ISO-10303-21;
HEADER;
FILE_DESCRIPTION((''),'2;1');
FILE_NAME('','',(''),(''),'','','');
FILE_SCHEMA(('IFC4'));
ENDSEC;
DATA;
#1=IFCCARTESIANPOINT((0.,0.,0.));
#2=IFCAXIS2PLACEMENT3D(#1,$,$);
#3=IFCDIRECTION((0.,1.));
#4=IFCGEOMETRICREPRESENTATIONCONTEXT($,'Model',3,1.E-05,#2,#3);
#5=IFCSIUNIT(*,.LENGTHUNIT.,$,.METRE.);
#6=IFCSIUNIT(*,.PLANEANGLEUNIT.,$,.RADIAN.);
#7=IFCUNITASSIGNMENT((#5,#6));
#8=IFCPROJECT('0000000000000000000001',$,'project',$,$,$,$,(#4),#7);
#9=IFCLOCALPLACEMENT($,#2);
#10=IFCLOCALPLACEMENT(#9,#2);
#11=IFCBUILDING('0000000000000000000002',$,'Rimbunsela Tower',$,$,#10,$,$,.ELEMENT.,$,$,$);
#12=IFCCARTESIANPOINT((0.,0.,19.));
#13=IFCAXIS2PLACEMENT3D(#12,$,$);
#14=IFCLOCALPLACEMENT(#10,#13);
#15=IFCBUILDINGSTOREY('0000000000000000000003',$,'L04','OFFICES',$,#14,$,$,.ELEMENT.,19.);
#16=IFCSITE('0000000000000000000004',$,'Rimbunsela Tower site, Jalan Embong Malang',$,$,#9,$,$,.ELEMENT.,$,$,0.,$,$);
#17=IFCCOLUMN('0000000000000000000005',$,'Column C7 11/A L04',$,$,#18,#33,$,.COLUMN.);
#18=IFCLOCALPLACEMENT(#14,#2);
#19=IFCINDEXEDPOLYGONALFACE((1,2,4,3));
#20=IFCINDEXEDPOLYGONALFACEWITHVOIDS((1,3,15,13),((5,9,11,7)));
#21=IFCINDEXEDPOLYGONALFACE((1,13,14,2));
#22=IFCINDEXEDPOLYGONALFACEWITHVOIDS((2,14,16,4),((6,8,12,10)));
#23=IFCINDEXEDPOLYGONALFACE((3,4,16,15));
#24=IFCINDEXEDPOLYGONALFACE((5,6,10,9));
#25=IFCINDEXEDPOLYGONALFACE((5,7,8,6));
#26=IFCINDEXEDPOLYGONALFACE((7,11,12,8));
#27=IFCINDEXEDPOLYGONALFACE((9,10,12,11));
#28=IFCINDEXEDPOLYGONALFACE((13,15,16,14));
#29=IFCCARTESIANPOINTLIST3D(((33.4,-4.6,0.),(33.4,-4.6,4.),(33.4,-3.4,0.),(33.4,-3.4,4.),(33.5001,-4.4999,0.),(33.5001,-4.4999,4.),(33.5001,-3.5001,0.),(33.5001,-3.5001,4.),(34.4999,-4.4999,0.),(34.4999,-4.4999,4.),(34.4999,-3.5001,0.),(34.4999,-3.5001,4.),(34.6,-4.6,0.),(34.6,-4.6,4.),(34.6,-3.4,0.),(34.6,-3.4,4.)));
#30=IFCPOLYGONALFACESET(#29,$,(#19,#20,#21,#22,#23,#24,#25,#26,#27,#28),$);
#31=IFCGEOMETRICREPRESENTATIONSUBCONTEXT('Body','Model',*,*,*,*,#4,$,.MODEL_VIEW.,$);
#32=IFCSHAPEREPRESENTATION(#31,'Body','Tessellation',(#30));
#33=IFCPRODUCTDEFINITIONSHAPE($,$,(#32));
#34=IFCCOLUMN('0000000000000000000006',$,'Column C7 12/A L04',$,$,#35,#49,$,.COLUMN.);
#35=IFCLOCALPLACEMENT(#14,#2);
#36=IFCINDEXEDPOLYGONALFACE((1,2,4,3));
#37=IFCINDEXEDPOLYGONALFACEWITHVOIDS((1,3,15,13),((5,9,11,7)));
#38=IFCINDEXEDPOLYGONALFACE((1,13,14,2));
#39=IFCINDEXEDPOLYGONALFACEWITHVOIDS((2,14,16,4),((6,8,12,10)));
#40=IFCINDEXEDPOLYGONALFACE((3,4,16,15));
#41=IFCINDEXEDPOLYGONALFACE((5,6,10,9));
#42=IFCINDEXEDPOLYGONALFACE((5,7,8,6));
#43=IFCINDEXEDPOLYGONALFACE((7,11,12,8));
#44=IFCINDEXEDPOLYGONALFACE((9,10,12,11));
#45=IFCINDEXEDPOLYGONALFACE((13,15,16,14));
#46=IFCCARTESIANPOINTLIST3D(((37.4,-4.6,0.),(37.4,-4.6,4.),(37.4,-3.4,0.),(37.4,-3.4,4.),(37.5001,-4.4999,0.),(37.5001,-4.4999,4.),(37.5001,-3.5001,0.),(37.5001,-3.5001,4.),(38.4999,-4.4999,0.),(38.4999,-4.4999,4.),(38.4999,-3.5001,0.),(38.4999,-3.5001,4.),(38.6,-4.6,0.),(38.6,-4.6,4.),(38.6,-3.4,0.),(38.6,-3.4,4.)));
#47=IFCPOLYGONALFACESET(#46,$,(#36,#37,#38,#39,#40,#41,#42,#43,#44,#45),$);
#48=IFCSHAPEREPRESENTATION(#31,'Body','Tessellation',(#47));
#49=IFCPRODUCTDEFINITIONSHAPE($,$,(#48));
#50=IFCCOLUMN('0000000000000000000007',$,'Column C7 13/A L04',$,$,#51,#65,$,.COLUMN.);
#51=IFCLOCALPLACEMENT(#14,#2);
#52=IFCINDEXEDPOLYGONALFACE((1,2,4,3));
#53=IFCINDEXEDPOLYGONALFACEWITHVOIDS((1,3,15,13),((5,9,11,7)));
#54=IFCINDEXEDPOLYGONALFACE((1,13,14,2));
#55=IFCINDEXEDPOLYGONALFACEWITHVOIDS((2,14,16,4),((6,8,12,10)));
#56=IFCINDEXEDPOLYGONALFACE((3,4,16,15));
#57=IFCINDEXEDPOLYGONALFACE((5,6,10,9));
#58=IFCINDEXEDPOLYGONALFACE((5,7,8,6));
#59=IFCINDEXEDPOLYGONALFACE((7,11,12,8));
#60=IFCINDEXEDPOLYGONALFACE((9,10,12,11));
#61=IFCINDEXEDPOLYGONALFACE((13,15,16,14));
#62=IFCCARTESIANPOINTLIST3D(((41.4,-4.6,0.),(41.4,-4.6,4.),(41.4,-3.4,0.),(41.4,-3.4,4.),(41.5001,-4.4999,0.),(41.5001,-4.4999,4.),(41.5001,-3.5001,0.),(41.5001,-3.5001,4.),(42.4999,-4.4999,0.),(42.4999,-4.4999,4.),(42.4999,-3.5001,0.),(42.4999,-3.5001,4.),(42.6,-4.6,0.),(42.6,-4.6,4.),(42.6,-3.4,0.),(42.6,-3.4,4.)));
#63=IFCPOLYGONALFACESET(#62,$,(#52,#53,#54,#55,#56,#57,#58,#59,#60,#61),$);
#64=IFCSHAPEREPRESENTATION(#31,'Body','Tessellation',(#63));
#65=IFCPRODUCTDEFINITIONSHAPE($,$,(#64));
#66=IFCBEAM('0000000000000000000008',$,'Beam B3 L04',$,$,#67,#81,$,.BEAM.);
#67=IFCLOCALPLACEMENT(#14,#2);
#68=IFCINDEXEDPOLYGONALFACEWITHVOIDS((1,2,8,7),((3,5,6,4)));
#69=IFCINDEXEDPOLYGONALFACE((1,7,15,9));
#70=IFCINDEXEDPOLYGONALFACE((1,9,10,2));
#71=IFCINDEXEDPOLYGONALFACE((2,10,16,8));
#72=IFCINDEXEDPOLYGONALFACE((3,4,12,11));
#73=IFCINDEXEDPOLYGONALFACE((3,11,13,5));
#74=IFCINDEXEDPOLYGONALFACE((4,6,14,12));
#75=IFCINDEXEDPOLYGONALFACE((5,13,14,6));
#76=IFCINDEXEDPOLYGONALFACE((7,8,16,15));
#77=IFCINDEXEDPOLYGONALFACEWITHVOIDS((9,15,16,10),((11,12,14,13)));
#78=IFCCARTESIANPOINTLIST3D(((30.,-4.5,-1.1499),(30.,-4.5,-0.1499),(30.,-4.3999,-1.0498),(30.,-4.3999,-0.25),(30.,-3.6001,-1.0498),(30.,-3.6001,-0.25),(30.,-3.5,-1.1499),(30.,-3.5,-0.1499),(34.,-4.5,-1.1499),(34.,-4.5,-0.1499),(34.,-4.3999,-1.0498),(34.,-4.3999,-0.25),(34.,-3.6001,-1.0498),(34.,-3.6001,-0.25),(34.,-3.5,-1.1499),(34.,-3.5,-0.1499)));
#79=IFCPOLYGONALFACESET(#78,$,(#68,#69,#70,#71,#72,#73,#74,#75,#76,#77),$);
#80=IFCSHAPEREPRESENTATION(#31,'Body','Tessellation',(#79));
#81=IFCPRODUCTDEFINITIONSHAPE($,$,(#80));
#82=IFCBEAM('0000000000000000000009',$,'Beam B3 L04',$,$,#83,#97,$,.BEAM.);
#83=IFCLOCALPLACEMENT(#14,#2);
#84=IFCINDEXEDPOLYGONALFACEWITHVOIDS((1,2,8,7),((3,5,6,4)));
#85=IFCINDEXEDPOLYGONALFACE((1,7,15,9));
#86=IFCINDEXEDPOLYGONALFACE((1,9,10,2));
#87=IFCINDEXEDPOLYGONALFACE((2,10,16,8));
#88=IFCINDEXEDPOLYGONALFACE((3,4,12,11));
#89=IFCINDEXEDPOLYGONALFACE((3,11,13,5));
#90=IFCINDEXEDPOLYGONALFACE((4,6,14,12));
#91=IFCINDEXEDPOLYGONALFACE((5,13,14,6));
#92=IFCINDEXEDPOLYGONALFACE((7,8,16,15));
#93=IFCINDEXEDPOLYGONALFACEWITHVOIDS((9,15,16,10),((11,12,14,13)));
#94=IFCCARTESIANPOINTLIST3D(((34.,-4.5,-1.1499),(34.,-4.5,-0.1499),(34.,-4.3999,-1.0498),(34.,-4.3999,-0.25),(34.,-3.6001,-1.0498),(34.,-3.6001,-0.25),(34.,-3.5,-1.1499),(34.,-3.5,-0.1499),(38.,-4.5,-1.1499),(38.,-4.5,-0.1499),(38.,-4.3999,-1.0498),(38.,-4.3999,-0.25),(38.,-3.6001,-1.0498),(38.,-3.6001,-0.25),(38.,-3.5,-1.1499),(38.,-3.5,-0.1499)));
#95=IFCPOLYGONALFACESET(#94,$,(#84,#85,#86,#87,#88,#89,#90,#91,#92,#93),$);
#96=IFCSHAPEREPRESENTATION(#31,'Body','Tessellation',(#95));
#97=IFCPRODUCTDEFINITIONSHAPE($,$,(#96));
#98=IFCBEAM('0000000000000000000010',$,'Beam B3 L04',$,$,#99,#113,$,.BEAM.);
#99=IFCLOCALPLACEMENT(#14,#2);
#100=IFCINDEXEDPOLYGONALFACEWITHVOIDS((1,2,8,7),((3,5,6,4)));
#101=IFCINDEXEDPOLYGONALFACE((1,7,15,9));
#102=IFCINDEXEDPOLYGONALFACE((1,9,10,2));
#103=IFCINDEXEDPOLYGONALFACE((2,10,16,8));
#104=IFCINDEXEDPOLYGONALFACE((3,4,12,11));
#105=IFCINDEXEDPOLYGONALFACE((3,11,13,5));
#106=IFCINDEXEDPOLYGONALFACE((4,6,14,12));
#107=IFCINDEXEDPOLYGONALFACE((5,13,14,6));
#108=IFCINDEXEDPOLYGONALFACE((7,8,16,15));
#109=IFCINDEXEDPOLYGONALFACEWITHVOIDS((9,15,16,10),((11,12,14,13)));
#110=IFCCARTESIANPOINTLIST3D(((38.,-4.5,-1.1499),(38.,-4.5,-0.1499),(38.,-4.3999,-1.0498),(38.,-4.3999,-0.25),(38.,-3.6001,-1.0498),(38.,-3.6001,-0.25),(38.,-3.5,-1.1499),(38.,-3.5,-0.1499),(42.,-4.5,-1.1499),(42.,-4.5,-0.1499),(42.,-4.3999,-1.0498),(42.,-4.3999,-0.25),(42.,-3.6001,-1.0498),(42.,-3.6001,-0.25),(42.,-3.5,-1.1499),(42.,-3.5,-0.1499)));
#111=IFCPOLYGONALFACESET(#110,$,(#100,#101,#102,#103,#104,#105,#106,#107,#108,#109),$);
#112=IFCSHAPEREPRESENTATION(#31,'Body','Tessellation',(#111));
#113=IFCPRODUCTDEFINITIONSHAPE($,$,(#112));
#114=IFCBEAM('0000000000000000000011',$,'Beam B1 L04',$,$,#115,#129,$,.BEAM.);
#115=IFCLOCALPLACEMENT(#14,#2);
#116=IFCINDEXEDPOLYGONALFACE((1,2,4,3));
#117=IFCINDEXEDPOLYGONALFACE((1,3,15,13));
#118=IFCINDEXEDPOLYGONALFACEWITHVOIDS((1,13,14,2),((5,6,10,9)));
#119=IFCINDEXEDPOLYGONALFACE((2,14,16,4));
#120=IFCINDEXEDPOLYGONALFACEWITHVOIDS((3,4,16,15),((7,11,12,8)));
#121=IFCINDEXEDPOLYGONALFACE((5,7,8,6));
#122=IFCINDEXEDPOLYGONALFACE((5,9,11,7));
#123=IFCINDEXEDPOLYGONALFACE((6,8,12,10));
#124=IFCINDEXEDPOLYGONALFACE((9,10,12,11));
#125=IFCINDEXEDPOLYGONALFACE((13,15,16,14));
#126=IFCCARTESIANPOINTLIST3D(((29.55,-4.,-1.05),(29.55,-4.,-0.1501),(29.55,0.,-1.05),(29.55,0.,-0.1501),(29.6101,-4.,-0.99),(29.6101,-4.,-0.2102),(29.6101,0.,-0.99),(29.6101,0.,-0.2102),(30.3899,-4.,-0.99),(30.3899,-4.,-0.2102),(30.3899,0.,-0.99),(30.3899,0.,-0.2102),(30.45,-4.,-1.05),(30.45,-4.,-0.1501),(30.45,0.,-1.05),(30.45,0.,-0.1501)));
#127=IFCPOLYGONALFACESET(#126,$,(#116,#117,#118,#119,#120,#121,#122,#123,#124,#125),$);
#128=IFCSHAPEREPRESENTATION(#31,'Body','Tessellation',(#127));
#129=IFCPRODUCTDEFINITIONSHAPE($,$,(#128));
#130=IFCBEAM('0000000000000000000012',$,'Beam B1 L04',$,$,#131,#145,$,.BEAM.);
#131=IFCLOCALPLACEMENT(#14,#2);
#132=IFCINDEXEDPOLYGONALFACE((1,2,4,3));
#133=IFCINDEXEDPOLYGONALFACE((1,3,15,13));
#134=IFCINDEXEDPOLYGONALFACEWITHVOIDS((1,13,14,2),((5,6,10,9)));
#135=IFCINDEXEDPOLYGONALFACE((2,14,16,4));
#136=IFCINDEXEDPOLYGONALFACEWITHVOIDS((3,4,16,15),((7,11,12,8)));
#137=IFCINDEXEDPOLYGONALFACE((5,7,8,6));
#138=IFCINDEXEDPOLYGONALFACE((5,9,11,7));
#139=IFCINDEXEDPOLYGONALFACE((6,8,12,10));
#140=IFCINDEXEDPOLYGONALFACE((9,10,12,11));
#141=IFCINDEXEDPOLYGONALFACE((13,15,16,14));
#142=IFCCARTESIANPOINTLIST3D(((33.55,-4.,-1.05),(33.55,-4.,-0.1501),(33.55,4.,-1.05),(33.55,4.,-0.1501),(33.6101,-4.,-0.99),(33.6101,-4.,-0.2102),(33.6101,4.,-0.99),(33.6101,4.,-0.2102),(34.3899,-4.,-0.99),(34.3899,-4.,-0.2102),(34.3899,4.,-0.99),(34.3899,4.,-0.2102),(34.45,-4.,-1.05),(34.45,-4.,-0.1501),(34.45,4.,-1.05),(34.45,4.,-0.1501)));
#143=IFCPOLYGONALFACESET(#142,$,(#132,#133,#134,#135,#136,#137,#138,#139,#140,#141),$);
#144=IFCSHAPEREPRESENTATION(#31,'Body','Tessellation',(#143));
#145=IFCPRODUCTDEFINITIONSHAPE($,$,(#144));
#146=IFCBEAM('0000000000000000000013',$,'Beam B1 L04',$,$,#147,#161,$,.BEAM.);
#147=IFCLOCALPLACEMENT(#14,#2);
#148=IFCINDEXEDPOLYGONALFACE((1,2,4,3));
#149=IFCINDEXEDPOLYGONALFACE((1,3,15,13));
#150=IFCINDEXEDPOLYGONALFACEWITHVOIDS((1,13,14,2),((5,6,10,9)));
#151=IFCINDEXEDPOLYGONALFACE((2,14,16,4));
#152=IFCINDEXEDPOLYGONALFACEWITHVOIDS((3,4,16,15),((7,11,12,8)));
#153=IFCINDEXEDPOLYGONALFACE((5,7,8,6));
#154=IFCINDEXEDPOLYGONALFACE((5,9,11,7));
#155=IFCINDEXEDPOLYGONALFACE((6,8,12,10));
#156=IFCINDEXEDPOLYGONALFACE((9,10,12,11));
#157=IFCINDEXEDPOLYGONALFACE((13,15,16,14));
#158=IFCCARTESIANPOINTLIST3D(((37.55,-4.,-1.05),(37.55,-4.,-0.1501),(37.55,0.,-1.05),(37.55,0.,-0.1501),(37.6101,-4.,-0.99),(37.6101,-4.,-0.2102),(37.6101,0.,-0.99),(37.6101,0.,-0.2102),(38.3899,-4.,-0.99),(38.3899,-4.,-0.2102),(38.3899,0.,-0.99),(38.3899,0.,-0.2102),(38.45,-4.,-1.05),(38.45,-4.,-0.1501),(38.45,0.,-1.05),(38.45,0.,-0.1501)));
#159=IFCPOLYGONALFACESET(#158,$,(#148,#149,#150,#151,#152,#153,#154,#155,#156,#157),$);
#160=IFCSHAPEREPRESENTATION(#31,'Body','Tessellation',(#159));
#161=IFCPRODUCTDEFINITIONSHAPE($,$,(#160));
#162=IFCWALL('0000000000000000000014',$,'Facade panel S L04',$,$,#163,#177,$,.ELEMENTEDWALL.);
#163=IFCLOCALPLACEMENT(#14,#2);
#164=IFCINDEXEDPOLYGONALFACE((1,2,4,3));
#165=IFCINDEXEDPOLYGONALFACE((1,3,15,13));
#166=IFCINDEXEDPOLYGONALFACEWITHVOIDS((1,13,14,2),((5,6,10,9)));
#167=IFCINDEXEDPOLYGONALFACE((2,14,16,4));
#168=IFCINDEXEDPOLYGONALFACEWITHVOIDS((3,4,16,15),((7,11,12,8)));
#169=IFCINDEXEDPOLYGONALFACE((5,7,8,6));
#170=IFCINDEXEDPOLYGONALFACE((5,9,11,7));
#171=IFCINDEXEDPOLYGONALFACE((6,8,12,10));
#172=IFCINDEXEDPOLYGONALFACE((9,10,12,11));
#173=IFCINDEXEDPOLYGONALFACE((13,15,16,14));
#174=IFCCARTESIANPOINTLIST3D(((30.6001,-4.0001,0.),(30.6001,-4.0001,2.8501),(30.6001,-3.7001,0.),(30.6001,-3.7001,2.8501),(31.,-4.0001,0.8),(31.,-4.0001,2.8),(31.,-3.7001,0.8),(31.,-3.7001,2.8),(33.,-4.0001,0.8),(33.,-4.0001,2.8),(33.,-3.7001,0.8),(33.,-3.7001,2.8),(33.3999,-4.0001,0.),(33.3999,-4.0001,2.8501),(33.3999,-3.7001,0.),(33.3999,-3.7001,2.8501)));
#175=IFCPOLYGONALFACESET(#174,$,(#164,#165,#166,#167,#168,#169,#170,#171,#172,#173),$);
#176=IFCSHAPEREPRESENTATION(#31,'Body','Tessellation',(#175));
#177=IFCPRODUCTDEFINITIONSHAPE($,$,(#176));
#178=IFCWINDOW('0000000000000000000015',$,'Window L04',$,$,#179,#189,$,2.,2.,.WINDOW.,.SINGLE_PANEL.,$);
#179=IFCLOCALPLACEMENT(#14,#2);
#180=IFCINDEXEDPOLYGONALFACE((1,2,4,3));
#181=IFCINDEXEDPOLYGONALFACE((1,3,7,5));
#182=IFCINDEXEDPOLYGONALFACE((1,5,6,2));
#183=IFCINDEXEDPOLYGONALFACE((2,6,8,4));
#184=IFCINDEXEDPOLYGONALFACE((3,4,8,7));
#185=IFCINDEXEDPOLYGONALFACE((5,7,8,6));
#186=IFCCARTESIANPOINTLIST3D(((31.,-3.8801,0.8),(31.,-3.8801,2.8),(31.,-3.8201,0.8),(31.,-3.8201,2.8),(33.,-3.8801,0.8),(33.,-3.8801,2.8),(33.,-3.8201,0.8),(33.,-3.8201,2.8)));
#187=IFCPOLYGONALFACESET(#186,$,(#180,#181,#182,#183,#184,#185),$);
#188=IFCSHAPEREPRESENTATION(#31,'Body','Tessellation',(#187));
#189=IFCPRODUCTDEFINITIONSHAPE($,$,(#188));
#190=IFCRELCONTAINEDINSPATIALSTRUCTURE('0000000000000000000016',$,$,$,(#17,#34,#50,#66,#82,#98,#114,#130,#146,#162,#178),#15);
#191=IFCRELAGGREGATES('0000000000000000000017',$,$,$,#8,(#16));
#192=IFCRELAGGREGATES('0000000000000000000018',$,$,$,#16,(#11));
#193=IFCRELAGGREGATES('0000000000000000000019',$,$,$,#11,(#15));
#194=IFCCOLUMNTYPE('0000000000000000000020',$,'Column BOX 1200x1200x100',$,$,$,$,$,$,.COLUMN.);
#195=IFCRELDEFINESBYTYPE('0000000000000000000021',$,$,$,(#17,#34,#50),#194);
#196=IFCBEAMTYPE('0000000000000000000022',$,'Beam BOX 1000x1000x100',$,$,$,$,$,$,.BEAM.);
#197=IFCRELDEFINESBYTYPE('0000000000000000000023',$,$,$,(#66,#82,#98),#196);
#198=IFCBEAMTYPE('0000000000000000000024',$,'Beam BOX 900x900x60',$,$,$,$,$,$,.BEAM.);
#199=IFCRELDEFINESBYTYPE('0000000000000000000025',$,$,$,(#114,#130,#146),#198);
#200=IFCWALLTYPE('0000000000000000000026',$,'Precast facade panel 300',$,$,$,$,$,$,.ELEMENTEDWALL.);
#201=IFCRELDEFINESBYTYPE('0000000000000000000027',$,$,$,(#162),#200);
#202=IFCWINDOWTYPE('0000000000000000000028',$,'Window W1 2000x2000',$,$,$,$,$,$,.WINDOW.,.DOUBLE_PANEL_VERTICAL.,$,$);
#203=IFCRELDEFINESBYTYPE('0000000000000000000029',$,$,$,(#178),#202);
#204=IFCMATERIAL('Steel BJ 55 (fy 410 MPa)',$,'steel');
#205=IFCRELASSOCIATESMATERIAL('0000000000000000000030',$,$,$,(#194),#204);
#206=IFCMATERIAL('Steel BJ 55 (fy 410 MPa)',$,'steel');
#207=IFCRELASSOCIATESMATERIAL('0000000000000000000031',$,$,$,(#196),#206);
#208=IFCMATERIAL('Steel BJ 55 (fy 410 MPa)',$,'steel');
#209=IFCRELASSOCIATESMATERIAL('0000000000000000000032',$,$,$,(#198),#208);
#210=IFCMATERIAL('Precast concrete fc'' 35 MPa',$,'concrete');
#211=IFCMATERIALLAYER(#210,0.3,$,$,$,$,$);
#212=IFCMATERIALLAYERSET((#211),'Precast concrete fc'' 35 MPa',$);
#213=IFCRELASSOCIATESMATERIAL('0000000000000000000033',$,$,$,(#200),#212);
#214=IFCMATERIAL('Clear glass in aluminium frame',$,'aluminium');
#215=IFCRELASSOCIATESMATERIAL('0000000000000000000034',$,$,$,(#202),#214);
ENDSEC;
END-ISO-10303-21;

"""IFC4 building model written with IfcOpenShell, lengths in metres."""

from ifc_helpers import new_model, si_unit, direction, frame, frame_2d, origin, origin_2d, place, context, subcontext, project, spatial, rectangle, hollow_rectangle, extrude, material, layer, layer_set, material_profile, profile_set, type_object, element, fill, save


model = new_model("IFC4")

# Units and contexts
model_context = context("Model", 3, precision=1e-05, world=origin(), true_north=direction((0.0, 1.0)))
body_context = subcontext(model_context, "Body", "Model", "MODEL_VIEW")
ifc_project = project(units=[si_unit("LENGTHUNIT", "METRE"), si_unit("PLANEANGLEUNIT", "RADIAN")], contexts=[model_context])

# Site, building, storey
site_placement = place(None, origin())
site = spatial("IfcSite", under=ifc_project, at=site_placement, Name="Rimbunsela Tower site, Jalan Embong Malang", CompositionType="ELEMENT", RefElevation=0.0)
building_placement = place(site_placement, origin())
building = spatial("IfcBuilding", under=site, at=building_placement, Name="Rimbunsela Tower", CompositionType="ELEMENT")
storey_placement = place(building_placement, frame((0.0, 0.0, 19.0)))
storey = spatial("IfcBuildingStorey", under=building, at=storey_placement, Name="L04", Description="OFFICES", CompositionType="ELEMENT", Elevation=19.0)

# Columns
ifc_material_1 = material(Name="Steel BJ 55 (fy 410 MPa)", Category="steel")
ifc_material_profile_1 = material_profile(ifc_material_1, hollow_rectangle(XDim=1.2, YDim=1.2, WallThickness=0.1001, at=origin_2d()), Name="BOX 1200x1200x100")
ifc_profile_set_1 = profile_set([ifc_material_profile_1], Name="Steel BJ 55 (fy 410 MPa)")
column_type = type_object("IfcColumnType", Name="Column BOX 1200x1200x100", PredefinedType="COLUMN", material=ifc_profile_set_1)
for number, where, z_axis, x_axis, name in (
    (1, (34.0, -4.0, 0.0), (0.0, 0.0, 1.0), (1.0, 0.0, 0.0), "Column C7 11/A L04"),
    (2, (38.0, -4.0, 0.0), (0.0, 0.0, 1.0), (1.0, 0.0, 0.0), "Column C7 12/A L04"),
    (3, (42.0, -4.0, 0.0), (0.0, 0.0, 1.0), (1.0, 0.0, 0.0), "Column C7 13/A L04"),
):
    element("IfcColumn", number, at=place(storey_placement, frame(where, z_axis=z_axis, x_axis=x_axis)), inside=storey, type_object=column_type, Name=name, PredefinedType="COLUMN", context=body_context, shape_type="SweptSolid", body=[
        extrude(hollow_rectangle(XDim=1.2, YDim=1.2, WallThickness=0.1001, at=origin_2d()), origin(), (0.0, 0.0, 1.0), 4.0),
    ])

# Beams
ifc_material_2 = material(Name="Steel BJ 55 (fy 410 MPa)", Category="steel")
ifc_material_profile_2 = material_profile(ifc_material_2, hollow_rectangle(XDim=1.0, YDim=1.0, WallThickness=0.1001, at=origin_2d()), Name="BOX 1000x1000x100")
ifc_profile_set_2 = profile_set([ifc_material_profile_2], Name="Steel BJ 55 (fy 410 MPa)")
beam_type_1 = type_object("IfcBeamType", Name="Beam BOX 1000x1000x100", PredefinedType="BEAM", material=ifc_profile_set_2)
for number, where, z_axis, x_axis, name in (
    (4, (30.0, -4.0, -0.6499), (1.0, 0.0, 0.0), (0.0, 1.0, 0.0), "Beam B3 L04"),
    (5, (34.0, -4.0, -0.6499), (1.0, 0.0, 0.0), (0.0, 1.0, 0.0), "Beam B3 L04"),
    (6, (38.0, -4.0, -0.6499), (1.0, 0.0, 0.0), (0.0, 1.0, 0.0), "Beam B3 L04"),
):
    element("IfcBeam", number, at=place(storey_placement, frame(where, z_axis=z_axis, x_axis=x_axis)), inside=storey, type_object=beam_type_1, Name=name, PredefinedType="BEAM", context=body_context, shape_type="SweptSolid", body=[
        extrude(hollow_rectangle(XDim=1.0, YDim=1.0, WallThickness=0.1001, at=origin_2d()), origin(), (0.0, 0.0, 1.0), 4.0),
    ])
ifc_material_3 = material(Name="Steel BJ 55 (fy 410 MPa)", Category="steel")
ifc_material_profile_3 = material_profile(ifc_material_3, hollow_rectangle(XDim=0.8999, YDim=0.8999, WallThickness=0.0601, at=origin_2d()), Name="BOX 900x900x60")
ifc_profile_set_3 = profile_set([ifc_material_profile_3], Name="Steel BJ 55 (fy 410 MPa)")
beam_type_2 = type_object("IfcBeamType", Name="Beam BOX 900x900x60", PredefinedType="BEAM", material=ifc_profile_set_3)
beam_1_placement = place(storey_placement, frame((30.0, -4.0, -0.6001), z_axis=(0.0, 1.0, 0.0), x_axis=(-1.0, 0.0, 0.0)))
element("IfcBeam", 7, at=beam_1_placement, inside=storey, type_object=beam_type_2, Name="Beam B1 L04", PredefinedType="BEAM", context=body_context, shape_type="SweptSolid", body=[
    extrude(hollow_rectangle(XDim=0.8999, YDim=0.8999, WallThickness=0.0601, at=origin_2d()), origin(), (0.0, 0.0, 1.0), 4.0),
])
beam_2_placement = place(storey_placement, frame((34.0, -4.0, -0.6001), z_axis=(0.0, 1.0, 0.0), x_axis=(-1.0, 0.0, 0.0)))
element("IfcBeam", 8, at=beam_2_placement, inside=storey, type_object=beam_type_2, Name="Beam B1 L04", PredefinedType="BEAM", context=body_context, shape_type="SweptSolid", body=[
    extrude(hollow_rectangle(XDim=0.8999, YDim=0.8999, WallThickness=0.0601, at=origin_2d()), origin(), (0.0, 0.0, 1.0), 8.0),
])
beam_3_placement = place(storey_placement, frame((38.0, -4.0, -0.6001), z_axis=(0.0, 1.0, 0.0), x_axis=(-1.0, 0.0, 0.0)))
element("IfcBeam", 9, at=beam_3_placement, inside=storey, type_object=beam_type_2, Name="Beam B1 L04", PredefinedType="BEAM", context=body_context, shape_type="SweptSolid", body=[
    extrude(hollow_rectangle(XDim=0.8999, YDim=0.8999, WallThickness=0.0601, at=origin_2d()), origin(), (0.0, 0.0, 1.0), 4.0),
])

# Wall, opening, window
ifc_material_4 = material(Name="Precast concrete fc' 35 MPa", Category="concrete")
ifc_layer_1 = layer(ifc_material_4, 0.3)
ifc_layer_set_1 = layer_set([ifc_layer_1], Name="Precast concrete fc' 35 MPa")
wall_type = type_object("IfcWallType", Name="Precast facade panel 300", PredefinedType="ELEMENTEDWALL", material=ifc_layer_set_1)
wall_1_placement = place(storey_placement, frame((30.6001, -3.8501, 0.0), z_axis=(0.0, 0.0, 1.0), x_axis=(1.0, 0.0, 0.0)))
wall_1 = element("IfcWall", 10, at=wall_1_placement, inside=storey, type_object=wall_type, Name="Facade panel S L04", PredefinedType="ELEMENTEDWALL", context=body_context, shape_type="SweptSolid", body=[
    extrude(rectangle(XDim=2.7998, YDim=0.3, at=frame_2d((1.3999, 0.0))), origin(), (0.0, 0.0, 1.0), 2.8501),
])
opening_1_placement = place(wall_1_placement, frame((0.3999, 0.0, 0.8)))
opening_1 = element("IfcOpeningElement", 11, at=opening_1_placement, cuts=wall_1, PredefinedType="OPENING", context=body_context, shape_type="SweptSolid", body=[
    extrude(rectangle(XDim=2.0, YDim=2.0, at=frame_2d((1.0, 1.0))), frame((0.0, 0.1599, 0.0), z_axis=(0.0, -1.0, 0.0), x_axis=(1.0, 0.0, 0.0)), (0.0, 0.0, 1.0), 0.3201),
])
ifc_material_5 = material(Name="Clear glass in aluminium frame", Category="aluminium")
window_type = type_object("IfcWindowType", Name="Window W1 2000x2000", PartitioningType="DOUBLE_PANEL_VERTICAL", PredefinedType="WINDOW", material=ifc_material_5)
window_1_placement = place(opening_1_placement, origin())
window_1 = element("IfcWindow", 12, at=window_1_placement, inside=storey, type_object=window_type, Name="Window L04", OverallHeight=2.0, OverallWidth=2.0, PartitioningType="SINGLE_PANEL", PredefinedType="WINDOW", context=body_context, shape_type="SweptSolid", body=[
    extrude(rectangle(XDim=2.0, YDim=2.0, at=frame_2d((1.0, 1.0))), frame((0.0, 0.03, 0.0), z_axis=(0.0, -1.0, 0.0), x_axis=(1.0, 0.0, 0.0)), (0.0, 0.0, 1.0), 0.0601),
])
fill(opening_1, window_1)

save(model, "model.ifc")
